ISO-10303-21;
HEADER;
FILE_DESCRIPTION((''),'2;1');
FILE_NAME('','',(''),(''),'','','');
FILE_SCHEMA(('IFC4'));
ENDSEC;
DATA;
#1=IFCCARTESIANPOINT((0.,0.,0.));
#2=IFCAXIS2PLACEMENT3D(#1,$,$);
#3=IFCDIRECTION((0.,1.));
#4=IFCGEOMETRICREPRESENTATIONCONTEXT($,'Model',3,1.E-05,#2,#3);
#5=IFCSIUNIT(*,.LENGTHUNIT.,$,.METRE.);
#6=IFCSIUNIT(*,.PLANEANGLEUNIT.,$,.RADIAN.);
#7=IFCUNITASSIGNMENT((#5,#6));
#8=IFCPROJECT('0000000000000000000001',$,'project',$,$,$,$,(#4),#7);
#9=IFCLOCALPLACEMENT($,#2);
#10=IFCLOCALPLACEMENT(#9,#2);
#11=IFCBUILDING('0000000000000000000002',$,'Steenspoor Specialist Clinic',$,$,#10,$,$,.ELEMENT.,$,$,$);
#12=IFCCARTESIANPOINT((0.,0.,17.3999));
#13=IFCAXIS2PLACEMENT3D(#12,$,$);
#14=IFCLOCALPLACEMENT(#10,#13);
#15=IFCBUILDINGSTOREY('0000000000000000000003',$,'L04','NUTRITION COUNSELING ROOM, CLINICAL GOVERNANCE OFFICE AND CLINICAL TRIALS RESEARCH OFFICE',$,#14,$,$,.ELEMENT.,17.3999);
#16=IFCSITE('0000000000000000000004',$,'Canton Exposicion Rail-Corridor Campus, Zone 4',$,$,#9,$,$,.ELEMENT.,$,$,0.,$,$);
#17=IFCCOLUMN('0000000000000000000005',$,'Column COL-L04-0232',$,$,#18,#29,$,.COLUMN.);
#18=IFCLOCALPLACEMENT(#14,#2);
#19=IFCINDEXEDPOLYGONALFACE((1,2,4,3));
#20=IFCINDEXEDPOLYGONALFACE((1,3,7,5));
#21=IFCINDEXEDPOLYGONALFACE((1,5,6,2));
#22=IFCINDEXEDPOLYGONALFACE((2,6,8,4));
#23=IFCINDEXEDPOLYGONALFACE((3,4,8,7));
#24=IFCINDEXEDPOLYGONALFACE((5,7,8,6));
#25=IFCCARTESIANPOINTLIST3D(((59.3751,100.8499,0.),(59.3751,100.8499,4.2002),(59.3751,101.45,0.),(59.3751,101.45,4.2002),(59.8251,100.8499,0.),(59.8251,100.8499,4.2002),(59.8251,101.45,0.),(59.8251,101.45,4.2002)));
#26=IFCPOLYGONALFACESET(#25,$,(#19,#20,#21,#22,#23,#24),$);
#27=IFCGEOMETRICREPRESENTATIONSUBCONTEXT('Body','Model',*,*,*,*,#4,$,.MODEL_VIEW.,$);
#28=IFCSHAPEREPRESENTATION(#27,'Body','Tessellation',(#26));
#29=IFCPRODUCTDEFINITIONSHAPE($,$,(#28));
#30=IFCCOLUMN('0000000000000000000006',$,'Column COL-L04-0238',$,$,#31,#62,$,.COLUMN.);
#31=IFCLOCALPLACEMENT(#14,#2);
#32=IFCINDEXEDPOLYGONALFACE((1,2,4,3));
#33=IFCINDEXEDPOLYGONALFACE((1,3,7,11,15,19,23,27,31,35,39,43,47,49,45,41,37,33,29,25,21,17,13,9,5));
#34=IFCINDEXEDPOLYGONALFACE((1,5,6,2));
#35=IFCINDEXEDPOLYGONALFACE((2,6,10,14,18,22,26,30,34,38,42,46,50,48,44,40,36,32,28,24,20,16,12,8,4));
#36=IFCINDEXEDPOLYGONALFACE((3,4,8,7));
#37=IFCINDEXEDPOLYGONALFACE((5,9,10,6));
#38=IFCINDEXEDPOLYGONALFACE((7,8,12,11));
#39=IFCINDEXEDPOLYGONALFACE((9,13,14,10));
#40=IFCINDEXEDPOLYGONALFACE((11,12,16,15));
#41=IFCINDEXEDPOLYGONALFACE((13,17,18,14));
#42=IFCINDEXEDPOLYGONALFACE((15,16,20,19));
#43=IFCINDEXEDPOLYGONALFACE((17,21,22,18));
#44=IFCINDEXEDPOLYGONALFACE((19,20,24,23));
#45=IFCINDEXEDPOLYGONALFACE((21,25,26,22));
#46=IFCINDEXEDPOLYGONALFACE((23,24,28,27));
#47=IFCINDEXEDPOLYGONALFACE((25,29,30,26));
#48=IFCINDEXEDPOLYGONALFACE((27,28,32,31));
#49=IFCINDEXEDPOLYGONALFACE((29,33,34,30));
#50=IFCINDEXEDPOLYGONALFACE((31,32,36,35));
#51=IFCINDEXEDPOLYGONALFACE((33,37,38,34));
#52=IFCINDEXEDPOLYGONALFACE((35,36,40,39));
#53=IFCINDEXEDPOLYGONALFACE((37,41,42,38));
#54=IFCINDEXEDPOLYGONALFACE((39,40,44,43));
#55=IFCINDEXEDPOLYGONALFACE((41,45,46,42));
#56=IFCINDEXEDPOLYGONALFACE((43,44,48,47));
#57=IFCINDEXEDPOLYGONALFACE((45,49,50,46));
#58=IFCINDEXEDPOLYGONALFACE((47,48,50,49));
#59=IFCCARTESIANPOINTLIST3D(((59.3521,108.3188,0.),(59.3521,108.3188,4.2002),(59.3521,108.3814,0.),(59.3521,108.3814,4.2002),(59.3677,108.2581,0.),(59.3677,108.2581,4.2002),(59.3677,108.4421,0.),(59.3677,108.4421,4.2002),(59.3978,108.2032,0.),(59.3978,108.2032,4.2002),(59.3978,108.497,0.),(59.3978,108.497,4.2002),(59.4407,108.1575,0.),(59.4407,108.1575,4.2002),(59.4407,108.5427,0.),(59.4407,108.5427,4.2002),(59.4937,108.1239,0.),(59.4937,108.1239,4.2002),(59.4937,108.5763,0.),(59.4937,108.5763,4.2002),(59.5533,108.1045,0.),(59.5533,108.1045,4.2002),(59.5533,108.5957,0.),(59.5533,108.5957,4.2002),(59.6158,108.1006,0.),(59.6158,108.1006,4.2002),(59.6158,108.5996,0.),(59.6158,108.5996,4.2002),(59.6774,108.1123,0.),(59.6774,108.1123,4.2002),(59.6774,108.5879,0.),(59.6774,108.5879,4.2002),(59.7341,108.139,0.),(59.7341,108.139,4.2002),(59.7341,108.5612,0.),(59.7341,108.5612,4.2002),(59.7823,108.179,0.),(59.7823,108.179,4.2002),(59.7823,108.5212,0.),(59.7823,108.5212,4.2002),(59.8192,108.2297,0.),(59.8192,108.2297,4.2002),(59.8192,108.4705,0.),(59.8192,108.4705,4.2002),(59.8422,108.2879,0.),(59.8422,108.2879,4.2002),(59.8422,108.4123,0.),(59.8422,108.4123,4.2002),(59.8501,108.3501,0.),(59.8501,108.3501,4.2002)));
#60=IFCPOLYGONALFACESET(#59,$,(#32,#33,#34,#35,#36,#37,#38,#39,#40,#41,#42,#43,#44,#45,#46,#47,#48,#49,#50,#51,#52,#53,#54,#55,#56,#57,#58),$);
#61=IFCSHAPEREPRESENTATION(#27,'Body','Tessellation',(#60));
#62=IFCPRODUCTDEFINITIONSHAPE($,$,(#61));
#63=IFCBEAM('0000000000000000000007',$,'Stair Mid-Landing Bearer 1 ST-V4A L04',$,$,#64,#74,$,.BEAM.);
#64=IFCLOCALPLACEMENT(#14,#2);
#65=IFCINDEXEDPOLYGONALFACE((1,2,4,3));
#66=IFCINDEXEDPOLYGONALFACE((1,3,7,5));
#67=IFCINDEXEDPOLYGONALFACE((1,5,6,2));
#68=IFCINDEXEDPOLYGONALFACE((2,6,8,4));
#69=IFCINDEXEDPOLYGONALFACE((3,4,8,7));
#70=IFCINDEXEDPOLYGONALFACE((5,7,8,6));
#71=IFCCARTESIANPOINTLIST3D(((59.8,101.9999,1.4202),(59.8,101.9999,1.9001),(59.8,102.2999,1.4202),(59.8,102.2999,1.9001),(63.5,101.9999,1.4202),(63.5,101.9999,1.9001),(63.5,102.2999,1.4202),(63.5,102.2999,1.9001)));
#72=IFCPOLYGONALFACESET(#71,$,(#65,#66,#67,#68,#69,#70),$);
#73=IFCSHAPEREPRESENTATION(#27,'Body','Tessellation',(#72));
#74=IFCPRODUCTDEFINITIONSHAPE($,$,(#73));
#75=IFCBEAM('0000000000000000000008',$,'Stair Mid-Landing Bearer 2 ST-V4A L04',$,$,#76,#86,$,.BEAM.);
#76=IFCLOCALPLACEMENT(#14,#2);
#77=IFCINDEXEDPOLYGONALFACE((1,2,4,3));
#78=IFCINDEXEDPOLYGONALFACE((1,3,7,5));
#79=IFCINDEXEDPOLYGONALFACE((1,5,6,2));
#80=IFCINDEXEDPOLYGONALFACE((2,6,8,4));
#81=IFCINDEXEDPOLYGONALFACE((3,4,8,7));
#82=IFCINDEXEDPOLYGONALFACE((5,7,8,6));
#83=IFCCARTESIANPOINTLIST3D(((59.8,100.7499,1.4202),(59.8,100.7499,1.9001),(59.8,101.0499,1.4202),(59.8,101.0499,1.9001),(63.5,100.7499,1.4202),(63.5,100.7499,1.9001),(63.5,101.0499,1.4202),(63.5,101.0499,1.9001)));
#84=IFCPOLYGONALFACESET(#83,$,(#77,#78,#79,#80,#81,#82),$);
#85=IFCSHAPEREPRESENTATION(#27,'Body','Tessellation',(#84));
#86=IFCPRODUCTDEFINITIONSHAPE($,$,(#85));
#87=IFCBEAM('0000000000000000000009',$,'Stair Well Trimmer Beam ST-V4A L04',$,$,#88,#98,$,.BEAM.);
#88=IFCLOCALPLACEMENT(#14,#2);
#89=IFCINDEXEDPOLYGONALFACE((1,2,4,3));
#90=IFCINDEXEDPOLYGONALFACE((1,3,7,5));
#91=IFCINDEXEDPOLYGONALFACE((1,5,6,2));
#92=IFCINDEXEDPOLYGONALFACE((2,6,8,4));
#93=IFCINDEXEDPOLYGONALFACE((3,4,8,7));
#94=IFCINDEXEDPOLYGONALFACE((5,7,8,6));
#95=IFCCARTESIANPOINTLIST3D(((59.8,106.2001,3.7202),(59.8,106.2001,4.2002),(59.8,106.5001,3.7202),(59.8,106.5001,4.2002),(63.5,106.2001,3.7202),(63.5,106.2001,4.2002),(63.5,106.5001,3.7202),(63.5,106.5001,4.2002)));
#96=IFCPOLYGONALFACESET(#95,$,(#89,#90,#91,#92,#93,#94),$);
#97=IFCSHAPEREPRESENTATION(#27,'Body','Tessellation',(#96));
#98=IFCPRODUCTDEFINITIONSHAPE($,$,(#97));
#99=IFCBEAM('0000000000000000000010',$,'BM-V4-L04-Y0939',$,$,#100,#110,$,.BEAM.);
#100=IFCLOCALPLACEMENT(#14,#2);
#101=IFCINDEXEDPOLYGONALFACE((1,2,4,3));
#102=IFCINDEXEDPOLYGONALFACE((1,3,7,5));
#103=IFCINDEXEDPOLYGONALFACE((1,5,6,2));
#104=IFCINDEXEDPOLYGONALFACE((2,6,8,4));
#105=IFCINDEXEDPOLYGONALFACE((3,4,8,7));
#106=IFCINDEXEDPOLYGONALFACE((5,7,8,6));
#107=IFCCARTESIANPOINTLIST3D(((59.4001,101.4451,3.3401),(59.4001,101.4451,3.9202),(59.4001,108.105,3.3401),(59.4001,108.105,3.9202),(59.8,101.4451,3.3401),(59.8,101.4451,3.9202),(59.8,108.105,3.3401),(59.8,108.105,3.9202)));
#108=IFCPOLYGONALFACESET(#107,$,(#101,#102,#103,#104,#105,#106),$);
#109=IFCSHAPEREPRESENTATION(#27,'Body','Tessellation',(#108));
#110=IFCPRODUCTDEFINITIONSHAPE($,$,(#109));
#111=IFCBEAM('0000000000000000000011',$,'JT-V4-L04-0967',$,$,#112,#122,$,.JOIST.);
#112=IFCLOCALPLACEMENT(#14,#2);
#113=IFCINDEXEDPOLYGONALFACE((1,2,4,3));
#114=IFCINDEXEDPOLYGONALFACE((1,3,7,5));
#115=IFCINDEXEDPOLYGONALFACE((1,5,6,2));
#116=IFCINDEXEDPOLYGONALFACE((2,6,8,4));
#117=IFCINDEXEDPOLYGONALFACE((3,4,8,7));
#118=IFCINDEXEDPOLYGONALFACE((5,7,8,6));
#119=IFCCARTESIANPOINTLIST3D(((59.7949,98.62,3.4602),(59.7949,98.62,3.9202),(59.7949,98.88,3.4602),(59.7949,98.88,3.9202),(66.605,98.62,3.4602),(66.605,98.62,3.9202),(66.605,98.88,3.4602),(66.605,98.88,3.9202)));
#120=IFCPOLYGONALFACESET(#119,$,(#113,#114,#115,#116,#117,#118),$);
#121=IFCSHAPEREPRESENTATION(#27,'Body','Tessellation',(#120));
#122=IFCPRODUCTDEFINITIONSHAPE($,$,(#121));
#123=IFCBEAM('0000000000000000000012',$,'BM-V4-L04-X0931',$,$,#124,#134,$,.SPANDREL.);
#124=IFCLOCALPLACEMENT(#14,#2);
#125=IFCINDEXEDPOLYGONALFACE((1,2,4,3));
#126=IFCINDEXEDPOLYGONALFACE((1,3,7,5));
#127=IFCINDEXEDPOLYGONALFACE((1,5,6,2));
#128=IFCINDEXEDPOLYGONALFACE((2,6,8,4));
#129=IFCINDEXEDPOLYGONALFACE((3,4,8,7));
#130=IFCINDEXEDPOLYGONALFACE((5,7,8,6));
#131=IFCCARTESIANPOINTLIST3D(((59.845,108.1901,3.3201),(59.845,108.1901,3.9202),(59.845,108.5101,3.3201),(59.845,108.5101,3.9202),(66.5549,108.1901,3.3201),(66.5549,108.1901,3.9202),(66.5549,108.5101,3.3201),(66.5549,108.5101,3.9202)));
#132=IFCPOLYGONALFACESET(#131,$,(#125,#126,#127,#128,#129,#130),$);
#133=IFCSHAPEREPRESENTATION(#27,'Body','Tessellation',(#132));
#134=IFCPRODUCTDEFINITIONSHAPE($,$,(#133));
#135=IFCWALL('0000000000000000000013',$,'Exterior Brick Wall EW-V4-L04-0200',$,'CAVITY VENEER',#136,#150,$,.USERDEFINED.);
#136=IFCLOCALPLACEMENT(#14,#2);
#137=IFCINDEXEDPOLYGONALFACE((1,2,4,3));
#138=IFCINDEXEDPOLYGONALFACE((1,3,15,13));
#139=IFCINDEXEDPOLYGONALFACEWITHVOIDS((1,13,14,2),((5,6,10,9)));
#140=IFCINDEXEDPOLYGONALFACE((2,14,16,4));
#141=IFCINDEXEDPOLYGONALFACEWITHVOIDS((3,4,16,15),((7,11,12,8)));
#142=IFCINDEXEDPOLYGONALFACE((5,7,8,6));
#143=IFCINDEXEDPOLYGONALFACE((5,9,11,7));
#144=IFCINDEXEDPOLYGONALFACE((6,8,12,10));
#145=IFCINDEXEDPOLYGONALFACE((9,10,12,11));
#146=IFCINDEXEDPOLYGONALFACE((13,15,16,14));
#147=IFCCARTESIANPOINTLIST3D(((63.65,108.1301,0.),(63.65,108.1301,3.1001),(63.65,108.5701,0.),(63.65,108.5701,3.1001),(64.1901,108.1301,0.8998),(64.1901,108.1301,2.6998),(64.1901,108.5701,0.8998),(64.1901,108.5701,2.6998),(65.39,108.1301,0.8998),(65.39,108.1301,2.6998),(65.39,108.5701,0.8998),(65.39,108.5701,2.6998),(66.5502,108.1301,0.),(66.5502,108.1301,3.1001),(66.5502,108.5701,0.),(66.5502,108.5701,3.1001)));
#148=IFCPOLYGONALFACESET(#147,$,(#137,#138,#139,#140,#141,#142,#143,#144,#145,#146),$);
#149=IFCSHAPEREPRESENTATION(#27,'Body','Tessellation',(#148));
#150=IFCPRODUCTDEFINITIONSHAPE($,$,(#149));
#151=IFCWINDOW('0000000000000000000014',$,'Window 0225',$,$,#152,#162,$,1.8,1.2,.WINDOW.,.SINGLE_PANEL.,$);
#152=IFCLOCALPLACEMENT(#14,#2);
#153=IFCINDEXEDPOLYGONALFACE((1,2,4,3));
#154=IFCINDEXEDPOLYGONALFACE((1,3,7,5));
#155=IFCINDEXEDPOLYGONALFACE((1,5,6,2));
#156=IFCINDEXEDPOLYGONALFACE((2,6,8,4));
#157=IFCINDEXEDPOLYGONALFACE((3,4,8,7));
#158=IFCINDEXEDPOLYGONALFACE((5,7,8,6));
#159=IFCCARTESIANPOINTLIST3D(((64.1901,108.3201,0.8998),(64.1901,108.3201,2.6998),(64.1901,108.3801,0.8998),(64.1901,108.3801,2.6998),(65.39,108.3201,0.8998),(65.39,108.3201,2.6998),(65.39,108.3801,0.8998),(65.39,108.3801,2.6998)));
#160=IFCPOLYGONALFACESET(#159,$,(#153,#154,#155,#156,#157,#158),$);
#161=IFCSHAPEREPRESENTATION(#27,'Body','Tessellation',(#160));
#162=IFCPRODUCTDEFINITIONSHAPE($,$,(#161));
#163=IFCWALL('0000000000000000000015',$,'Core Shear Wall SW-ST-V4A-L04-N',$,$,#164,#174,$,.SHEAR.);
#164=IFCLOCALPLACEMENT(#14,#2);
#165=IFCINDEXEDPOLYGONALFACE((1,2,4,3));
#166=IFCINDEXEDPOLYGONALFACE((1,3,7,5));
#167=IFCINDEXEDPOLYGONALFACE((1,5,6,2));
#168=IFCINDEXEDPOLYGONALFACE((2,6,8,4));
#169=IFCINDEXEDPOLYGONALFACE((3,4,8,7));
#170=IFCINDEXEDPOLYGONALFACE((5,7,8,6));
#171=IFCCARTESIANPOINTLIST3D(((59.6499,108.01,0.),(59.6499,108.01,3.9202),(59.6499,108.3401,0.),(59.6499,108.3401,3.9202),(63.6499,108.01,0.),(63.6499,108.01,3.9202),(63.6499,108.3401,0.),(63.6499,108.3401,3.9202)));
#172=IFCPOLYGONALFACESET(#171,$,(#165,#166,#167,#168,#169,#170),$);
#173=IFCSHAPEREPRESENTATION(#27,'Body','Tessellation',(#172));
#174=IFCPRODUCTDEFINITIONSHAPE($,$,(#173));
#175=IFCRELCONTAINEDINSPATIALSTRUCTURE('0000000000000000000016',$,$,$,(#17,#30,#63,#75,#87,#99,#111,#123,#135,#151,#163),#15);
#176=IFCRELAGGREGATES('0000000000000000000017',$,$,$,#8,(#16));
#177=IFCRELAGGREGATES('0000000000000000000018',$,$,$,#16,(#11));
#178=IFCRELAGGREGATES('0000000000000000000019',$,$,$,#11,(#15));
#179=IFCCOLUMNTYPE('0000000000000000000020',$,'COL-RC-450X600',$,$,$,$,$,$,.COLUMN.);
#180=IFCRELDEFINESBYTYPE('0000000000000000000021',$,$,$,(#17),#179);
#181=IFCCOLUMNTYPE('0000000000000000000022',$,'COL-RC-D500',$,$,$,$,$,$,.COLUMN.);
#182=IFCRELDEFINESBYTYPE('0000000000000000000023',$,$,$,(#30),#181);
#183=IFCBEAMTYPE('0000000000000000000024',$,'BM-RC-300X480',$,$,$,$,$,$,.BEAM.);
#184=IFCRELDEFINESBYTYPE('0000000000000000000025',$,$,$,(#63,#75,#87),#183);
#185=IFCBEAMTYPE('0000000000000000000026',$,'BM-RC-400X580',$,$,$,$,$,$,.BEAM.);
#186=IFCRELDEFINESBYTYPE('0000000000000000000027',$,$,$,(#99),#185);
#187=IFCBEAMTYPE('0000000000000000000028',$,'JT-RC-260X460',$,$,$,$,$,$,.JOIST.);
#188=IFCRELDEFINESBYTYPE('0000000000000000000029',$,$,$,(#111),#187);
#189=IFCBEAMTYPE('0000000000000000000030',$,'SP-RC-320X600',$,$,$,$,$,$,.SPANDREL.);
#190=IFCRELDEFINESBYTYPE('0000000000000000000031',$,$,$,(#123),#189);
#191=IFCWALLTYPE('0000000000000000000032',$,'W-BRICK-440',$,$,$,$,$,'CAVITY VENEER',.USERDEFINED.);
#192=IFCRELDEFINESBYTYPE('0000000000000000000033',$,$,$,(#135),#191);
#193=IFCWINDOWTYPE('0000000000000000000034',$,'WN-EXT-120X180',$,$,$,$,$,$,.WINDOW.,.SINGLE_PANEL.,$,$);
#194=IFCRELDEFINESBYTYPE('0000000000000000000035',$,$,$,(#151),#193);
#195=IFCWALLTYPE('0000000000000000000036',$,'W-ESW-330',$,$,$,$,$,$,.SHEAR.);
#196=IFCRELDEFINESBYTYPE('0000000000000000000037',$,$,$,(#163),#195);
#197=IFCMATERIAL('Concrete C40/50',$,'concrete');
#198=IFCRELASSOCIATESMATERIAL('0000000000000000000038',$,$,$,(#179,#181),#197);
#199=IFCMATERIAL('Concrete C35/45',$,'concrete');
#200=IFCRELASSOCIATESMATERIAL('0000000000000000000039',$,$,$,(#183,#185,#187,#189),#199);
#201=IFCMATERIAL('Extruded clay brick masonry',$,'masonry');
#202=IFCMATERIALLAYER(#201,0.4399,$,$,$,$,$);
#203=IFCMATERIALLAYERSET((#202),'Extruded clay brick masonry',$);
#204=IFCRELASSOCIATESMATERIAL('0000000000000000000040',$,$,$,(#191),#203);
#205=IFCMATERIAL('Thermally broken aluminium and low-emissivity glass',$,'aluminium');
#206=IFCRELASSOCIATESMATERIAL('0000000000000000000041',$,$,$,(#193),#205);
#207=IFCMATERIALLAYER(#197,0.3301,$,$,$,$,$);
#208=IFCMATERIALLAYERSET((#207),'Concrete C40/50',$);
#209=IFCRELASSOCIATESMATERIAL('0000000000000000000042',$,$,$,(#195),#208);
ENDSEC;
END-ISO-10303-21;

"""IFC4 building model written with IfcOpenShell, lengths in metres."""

from ifc_helpers import new_model, si_unit, direction, frame, frame_2d, origin, origin_2d, place, context, subcontext, project, spatial, rectangle, circle, extrude, material, layer, layer_set, material_profile, profile_set, type_object, element, fill, save


model = new_model("IFC4")

# Units and contexts
model_context = context("Model", 3, precision=1e-05, world=origin(), true_north=direction((0.0, 1.0)))
body_context = subcontext(model_context, "Body", "Model", "MODEL_VIEW")
ifc_project = project(units=[si_unit("LENGTHUNIT", "METRE"), si_unit("PLANEANGLEUNIT", "RADIAN")], contexts=[model_context])

# Site, building, storey
site_placement = place(None, origin())
site = spatial("IfcSite", under=ifc_project, at=site_placement, Name="Canton Exposicion Rail-Corridor Campus, Zone 4", CompositionType="ELEMENT", RefElevation=0.0)
building_placement = place(site_placement, origin())
building = spatial("IfcBuilding", under=site, at=building_placement, Name="Steenspoor Specialist Clinic", CompositionType="ELEMENT")
storey_placement = place(building_placement, frame((0.0, 0.0, 17.3999)))
storey = spatial("IfcBuildingStorey", under=building, at=storey_placement, Name="L04", Description="NUTRITION COUNSELING ROOM, CLINICAL GOVERNANCE OFFICE AND CLINICAL TRIALS RESEARCH OFFICE", CompositionType="ELEMENT", Elevation=17.3999)

# Columns
ifc_material_1 = material(Name="Concrete C40/50", Category="concrete")
ifc_material_profile_1 = material_profile(ifc_material_1, rectangle(XDim=0.45, YDim=0.6001, at=origin_2d()), Name="RC-COL-450X600")
ifc_profile_set_1 = profile_set([ifc_material_profile_1], Name="Concrete C40/50")
column_type_1 = type_object("IfcColumnType", Name="COL-RC-450X600", PredefinedType="COLUMN", material=ifc_profile_set_1)
column_1_placement = place(storey_placement, frame((59.6001, 101.1499, 0.0), z_axis=(0.0, 0.0, 1.0), x_axis=(1.0, 0.0, 0.0)))
element("IfcColumn", 1, at=column_1_placement, inside=storey, type_object=column_type_1, Name="Column COL-L04-0232", PredefinedType="COLUMN", context=body_context, shape_type="SweptSolid", body=[
    extrude(rectangle(XDim=0.45, YDim=0.6001, at=origin_2d()), origin(), (0.0, 0.0, 1.0), 4.2002),
])
ifc_material_profile_2 = material_profile(ifc_material_1, circle(Radius=0.25, at=origin_2d()), Name="RC-COL-D500")
ifc_profile_set_2 = profile_set([ifc_material_profile_2], Name="Concrete C40/50")
column_type_2 = type_object("IfcColumnType", Name="COL-RC-D500", PredefinedType="COLUMN", material=ifc_profile_set_2)
column_2_placement = place(storey_placement, frame((59.6001, 108.3501, 0.0), z_axis=(0.0, 0.0, 1.0), x_axis=(1.0, 0.0, 0.0)))
element("IfcColumn", 2, at=column_2_placement, inside=storey, type_object=column_type_2, Name="Column COL-L04-0238", PredefinedType="COLUMN", context=body_context, shape_type="SweptSolid", body=[
    extrude(circle(Radius=0.25, at=origin_2d()), origin(), (0.0, 0.0, 1.0), 4.2002),
])

# Beams
ifc_material_2 = material(Name="Concrete C35/45", Category="concrete")
ifc_material_profile_3 = material_profile(ifc_material_2, rectangle(XDim=0.3, YDim=0.48, at=origin_2d()), Name="RC-BM-300X480")
ifc_profile_set_3 = profile_set([ifc_material_profile_3], Name="Concrete C35/45")
beam_type_1 = type_object("IfcBeamType", Name="BM-RC-300X480", PredefinedType="BEAM", material=ifc_profile_set_3)
for number, where, z_axis, x_axis, name in (
    (3, (59.8, 102.1499, 1.6602), (1.0, 0.0, 0.0), (0.0, 1.0, 0.0), "Stair Mid-Landing Bearer 1 ST-V4A L04"),
    (4, (59.8, 100.8999, 1.6602), (1.0, 0.0, 0.0), (0.0, 1.0, 0.0), "Stair Mid-Landing Bearer 2 ST-V4A L04"),
    (5, (59.8, 106.3501, 3.9602), (1.0, 0.0, 0.0), (0.0, 1.0, 0.0), "Stair Well Trimmer Beam ST-V4A L04"),
):
    element("IfcBeam", number, at=place(storey_placement, frame(where, z_axis=z_axis, x_axis=x_axis)), inside=storey, type_object=beam_type_1, Name=name, PredefinedType="BEAM", context=body_context, shape_type="SweptSolid", body=[
        extrude(rectangle(XDim=0.3, YDim=0.48, at=origin_2d()), origin(), (0.0, 0.0, 1.0), 3.7),
    ])
ifc_material_profile_4 = material_profile(ifc_material_2, rectangle(XDim=0.3999, YDim=0.5801, at=origin_2d()), Name="RC-BM-400X580")
ifc_profile_set_4 = profile_set([ifc_material_profile_4], Name="Concrete C35/45")
beam_type_2 = type_object("IfcBeamType", Name="BM-RC-400X580", PredefinedType="BEAM", material=ifc_profile_set_4)
beam_1_placement = place(storey_placement, frame((59.6001, 101.4451, 3.6301), z_axis=(0.0, 1.0, 0.0), x_axis=(-1.0, 0.0, 0.0)))
element("IfcBeam", 6, at=beam_1_placement, inside=storey, type_object=beam_type_2, Name="BM-V4-L04-Y0939", PredefinedType="BEAM", context=body_context, shape_type="SweptSolid", body=[
    extrude(rectangle(XDim=0.3999, YDim=0.5801, at=origin_2d()), origin(), (0.0, 0.0, 1.0), 6.6599),
])
ifc_material_profile_5 = material_profile(ifc_material_2, rectangle(XDim=0.26, YDim=0.46, at=origin_2d()), Name="RC-JT-260X460")
ifc_profile_set_5 = profile_set([ifc_material_profile_5], Name="Concrete C35/45")
beam_type_3 = type_object("IfcBeamType", Name="JT-RC-260X460", PredefinedType="JOIST", material=ifc_profile_set_5)
beam_2_placement = place(storey_placement, frame((59.7949, 98.75, 3.6902), z_axis=(1.0, 0.0, 0.0), x_axis=(0.0, 1.0, 0.0)))
element("IfcBeam", 7, at=beam_2_placement, inside=storey, type_object=beam_type_3, Name="JT-V4-L04-0967", PredefinedType="JOIST", context=body_context, shape_type="SweptSolid", body=[
    extrude(rectangle(XDim=0.26, YDim=0.46, at=origin_2d()), origin(), (0.0, 0.0, 1.0), 6.8101),
])
ifc_material_profile_6 = material_profile(ifc_material_2, rectangle(XDim=0.3201, YDim=0.6001, at=origin_2d()), Name="RC-SP-320X600")
ifc_profile_set_6 = profile_set([ifc_material_profile_6], Name="Concrete C35/45")
beam_type_4 = type_object("IfcBeamType", Name="SP-RC-320X600", PredefinedType="SPANDREL", material=ifc_profile_set_6)
beam_3_placement = place(storey_placement, frame((59.845, 108.3501, 3.6201), z_axis=(1.0, 0.0, 0.0), x_axis=(0.0, 1.0, 0.0)))
element("IfcBeam", 8, at=beam_3_placement, inside=storey, type_object=beam_type_4, Name="BM-V4-L04-X0931", PredefinedType="SPANDREL", context=body_context, shape_type="SweptSolid", body=[
    extrude(rectangle(XDim=0.3201, YDim=0.6001, at=origin_2d()), origin(), (0.0, 0.0, 1.0), 6.71),
])

# Wall, opening, window
ifc_material_3 = material(Name="Extruded clay brick masonry", Category="masonry")
ifc_layer_1 = layer(ifc_material_3, 0.4399)
ifc_layer_set_1 = layer_set([ifc_layer_1], Name="Extruded clay brick masonry")
wall_type_1 = type_object("IfcWallType", Name="W-BRICK-440", ElementType="CAVITY VENEER", PredefinedType="USERDEFINED", material=ifc_layer_set_1)
wall_1_placement = place(storey_placement, frame((63.6499, 108.3501, 0.0), z_axis=(0.0, 0.0, 1.0), x_axis=(1.0, 0.0, 0.0)))
wall_1 = element("IfcWall", 9, at=wall_1_placement, inside=storey, type_object=wall_type_1, Name="Exterior Brick Wall EW-V4-L04-0200", ObjectType="CAVITY VENEER", PredefinedType="USERDEFINED", context=body_context, shape_type="SweptSolid", body=[
    extrude(rectangle(XDim=2.9001, YDim=0.4399, at=frame_2d((1.4502, 0.0))), origin(), (0.0, 0.0, 1.0), 3.1001),
])
opening_1_placement = place(wall_1_placement, frame((0.54, 0.0, 0.8999)))
opening_1 = element("IfcOpeningElement", 10, at=opening_1_placement, cuts=wall_1, PredefinedType="OPENING", context=body_context, shape_type="SweptSolid", body=[
    extrude(rectangle(XDim=1.2, YDim=1.8, at=frame_2d((0.6001, 0.8999))), frame((0.0, 0.23, 0.0), z_axis=(0.0, -1.0, 0.0), x_axis=(1.0, 0.0, 0.0)), (0.0, 0.0, 1.0), 0.46),
])
ifc_material_4 = material(Name="Thermally broken aluminium and low-emissivity glass", Category="aluminium")
window_type = type_object("IfcWindowType", Name="WN-EXT-120X180", PartitioningType="SINGLE_PANEL", PredefinedType="WINDOW", material=ifc_material_4)
window_placement = place(opening_1_placement, origin())
window = element("IfcWindow", 11, at=window_placement, inside=storey, type_object=window_type, Name="Window 0225", OverallHeight=1.8, OverallWidth=1.2, PartitioningType="SINGLE_PANEL", PredefinedType="WINDOW", context=body_context, shape_type="SweptSolid", body=[
    extrude(rectangle(XDim=1.2, YDim=1.8, at=frame_2d((0.6001, 0.8999))), frame((0.0, 0.03, 0.0), z_axis=(0.0, -1.0, 0.0), x_axis=(1.0, 0.0, 0.0)), (0.0, 0.0, 1.0), 0.0601),
])
fill(opening_1, window)

# Wall
ifc_layer_2 = layer(ifc_material_1, 0.3301)
ifc_layer_set_2 = layer_set([ifc_layer_2], Name="Concrete C40/50")
wall_type_2 = type_object("IfcWallType", Name="W-ESW-330", PredefinedType="SHEAR", material=ifc_layer_set_2)
wall_2_placement = place(storey_placement, frame((59.6499, 108.175, 0.0), z_axis=(0.0, 0.0, 1.0), x_axis=(1.0, 0.0, 0.0)))
element("IfcWall", 12, at=wall_2_placement, inside=storey, type_object=wall_type_2, Name="Core Shear Wall SW-ST-V4A-L04-N", PredefinedType="SHEAR", context=body_context, shape_type="SweptSolid", body=[
    extrude(rectangle(XDim=4.0, YDim=0.3301, at=frame_2d((2.0, 0.0))), origin(), (0.0, 0.0, 1.0), 3.9202),
])

save(model, "model.ifc")
